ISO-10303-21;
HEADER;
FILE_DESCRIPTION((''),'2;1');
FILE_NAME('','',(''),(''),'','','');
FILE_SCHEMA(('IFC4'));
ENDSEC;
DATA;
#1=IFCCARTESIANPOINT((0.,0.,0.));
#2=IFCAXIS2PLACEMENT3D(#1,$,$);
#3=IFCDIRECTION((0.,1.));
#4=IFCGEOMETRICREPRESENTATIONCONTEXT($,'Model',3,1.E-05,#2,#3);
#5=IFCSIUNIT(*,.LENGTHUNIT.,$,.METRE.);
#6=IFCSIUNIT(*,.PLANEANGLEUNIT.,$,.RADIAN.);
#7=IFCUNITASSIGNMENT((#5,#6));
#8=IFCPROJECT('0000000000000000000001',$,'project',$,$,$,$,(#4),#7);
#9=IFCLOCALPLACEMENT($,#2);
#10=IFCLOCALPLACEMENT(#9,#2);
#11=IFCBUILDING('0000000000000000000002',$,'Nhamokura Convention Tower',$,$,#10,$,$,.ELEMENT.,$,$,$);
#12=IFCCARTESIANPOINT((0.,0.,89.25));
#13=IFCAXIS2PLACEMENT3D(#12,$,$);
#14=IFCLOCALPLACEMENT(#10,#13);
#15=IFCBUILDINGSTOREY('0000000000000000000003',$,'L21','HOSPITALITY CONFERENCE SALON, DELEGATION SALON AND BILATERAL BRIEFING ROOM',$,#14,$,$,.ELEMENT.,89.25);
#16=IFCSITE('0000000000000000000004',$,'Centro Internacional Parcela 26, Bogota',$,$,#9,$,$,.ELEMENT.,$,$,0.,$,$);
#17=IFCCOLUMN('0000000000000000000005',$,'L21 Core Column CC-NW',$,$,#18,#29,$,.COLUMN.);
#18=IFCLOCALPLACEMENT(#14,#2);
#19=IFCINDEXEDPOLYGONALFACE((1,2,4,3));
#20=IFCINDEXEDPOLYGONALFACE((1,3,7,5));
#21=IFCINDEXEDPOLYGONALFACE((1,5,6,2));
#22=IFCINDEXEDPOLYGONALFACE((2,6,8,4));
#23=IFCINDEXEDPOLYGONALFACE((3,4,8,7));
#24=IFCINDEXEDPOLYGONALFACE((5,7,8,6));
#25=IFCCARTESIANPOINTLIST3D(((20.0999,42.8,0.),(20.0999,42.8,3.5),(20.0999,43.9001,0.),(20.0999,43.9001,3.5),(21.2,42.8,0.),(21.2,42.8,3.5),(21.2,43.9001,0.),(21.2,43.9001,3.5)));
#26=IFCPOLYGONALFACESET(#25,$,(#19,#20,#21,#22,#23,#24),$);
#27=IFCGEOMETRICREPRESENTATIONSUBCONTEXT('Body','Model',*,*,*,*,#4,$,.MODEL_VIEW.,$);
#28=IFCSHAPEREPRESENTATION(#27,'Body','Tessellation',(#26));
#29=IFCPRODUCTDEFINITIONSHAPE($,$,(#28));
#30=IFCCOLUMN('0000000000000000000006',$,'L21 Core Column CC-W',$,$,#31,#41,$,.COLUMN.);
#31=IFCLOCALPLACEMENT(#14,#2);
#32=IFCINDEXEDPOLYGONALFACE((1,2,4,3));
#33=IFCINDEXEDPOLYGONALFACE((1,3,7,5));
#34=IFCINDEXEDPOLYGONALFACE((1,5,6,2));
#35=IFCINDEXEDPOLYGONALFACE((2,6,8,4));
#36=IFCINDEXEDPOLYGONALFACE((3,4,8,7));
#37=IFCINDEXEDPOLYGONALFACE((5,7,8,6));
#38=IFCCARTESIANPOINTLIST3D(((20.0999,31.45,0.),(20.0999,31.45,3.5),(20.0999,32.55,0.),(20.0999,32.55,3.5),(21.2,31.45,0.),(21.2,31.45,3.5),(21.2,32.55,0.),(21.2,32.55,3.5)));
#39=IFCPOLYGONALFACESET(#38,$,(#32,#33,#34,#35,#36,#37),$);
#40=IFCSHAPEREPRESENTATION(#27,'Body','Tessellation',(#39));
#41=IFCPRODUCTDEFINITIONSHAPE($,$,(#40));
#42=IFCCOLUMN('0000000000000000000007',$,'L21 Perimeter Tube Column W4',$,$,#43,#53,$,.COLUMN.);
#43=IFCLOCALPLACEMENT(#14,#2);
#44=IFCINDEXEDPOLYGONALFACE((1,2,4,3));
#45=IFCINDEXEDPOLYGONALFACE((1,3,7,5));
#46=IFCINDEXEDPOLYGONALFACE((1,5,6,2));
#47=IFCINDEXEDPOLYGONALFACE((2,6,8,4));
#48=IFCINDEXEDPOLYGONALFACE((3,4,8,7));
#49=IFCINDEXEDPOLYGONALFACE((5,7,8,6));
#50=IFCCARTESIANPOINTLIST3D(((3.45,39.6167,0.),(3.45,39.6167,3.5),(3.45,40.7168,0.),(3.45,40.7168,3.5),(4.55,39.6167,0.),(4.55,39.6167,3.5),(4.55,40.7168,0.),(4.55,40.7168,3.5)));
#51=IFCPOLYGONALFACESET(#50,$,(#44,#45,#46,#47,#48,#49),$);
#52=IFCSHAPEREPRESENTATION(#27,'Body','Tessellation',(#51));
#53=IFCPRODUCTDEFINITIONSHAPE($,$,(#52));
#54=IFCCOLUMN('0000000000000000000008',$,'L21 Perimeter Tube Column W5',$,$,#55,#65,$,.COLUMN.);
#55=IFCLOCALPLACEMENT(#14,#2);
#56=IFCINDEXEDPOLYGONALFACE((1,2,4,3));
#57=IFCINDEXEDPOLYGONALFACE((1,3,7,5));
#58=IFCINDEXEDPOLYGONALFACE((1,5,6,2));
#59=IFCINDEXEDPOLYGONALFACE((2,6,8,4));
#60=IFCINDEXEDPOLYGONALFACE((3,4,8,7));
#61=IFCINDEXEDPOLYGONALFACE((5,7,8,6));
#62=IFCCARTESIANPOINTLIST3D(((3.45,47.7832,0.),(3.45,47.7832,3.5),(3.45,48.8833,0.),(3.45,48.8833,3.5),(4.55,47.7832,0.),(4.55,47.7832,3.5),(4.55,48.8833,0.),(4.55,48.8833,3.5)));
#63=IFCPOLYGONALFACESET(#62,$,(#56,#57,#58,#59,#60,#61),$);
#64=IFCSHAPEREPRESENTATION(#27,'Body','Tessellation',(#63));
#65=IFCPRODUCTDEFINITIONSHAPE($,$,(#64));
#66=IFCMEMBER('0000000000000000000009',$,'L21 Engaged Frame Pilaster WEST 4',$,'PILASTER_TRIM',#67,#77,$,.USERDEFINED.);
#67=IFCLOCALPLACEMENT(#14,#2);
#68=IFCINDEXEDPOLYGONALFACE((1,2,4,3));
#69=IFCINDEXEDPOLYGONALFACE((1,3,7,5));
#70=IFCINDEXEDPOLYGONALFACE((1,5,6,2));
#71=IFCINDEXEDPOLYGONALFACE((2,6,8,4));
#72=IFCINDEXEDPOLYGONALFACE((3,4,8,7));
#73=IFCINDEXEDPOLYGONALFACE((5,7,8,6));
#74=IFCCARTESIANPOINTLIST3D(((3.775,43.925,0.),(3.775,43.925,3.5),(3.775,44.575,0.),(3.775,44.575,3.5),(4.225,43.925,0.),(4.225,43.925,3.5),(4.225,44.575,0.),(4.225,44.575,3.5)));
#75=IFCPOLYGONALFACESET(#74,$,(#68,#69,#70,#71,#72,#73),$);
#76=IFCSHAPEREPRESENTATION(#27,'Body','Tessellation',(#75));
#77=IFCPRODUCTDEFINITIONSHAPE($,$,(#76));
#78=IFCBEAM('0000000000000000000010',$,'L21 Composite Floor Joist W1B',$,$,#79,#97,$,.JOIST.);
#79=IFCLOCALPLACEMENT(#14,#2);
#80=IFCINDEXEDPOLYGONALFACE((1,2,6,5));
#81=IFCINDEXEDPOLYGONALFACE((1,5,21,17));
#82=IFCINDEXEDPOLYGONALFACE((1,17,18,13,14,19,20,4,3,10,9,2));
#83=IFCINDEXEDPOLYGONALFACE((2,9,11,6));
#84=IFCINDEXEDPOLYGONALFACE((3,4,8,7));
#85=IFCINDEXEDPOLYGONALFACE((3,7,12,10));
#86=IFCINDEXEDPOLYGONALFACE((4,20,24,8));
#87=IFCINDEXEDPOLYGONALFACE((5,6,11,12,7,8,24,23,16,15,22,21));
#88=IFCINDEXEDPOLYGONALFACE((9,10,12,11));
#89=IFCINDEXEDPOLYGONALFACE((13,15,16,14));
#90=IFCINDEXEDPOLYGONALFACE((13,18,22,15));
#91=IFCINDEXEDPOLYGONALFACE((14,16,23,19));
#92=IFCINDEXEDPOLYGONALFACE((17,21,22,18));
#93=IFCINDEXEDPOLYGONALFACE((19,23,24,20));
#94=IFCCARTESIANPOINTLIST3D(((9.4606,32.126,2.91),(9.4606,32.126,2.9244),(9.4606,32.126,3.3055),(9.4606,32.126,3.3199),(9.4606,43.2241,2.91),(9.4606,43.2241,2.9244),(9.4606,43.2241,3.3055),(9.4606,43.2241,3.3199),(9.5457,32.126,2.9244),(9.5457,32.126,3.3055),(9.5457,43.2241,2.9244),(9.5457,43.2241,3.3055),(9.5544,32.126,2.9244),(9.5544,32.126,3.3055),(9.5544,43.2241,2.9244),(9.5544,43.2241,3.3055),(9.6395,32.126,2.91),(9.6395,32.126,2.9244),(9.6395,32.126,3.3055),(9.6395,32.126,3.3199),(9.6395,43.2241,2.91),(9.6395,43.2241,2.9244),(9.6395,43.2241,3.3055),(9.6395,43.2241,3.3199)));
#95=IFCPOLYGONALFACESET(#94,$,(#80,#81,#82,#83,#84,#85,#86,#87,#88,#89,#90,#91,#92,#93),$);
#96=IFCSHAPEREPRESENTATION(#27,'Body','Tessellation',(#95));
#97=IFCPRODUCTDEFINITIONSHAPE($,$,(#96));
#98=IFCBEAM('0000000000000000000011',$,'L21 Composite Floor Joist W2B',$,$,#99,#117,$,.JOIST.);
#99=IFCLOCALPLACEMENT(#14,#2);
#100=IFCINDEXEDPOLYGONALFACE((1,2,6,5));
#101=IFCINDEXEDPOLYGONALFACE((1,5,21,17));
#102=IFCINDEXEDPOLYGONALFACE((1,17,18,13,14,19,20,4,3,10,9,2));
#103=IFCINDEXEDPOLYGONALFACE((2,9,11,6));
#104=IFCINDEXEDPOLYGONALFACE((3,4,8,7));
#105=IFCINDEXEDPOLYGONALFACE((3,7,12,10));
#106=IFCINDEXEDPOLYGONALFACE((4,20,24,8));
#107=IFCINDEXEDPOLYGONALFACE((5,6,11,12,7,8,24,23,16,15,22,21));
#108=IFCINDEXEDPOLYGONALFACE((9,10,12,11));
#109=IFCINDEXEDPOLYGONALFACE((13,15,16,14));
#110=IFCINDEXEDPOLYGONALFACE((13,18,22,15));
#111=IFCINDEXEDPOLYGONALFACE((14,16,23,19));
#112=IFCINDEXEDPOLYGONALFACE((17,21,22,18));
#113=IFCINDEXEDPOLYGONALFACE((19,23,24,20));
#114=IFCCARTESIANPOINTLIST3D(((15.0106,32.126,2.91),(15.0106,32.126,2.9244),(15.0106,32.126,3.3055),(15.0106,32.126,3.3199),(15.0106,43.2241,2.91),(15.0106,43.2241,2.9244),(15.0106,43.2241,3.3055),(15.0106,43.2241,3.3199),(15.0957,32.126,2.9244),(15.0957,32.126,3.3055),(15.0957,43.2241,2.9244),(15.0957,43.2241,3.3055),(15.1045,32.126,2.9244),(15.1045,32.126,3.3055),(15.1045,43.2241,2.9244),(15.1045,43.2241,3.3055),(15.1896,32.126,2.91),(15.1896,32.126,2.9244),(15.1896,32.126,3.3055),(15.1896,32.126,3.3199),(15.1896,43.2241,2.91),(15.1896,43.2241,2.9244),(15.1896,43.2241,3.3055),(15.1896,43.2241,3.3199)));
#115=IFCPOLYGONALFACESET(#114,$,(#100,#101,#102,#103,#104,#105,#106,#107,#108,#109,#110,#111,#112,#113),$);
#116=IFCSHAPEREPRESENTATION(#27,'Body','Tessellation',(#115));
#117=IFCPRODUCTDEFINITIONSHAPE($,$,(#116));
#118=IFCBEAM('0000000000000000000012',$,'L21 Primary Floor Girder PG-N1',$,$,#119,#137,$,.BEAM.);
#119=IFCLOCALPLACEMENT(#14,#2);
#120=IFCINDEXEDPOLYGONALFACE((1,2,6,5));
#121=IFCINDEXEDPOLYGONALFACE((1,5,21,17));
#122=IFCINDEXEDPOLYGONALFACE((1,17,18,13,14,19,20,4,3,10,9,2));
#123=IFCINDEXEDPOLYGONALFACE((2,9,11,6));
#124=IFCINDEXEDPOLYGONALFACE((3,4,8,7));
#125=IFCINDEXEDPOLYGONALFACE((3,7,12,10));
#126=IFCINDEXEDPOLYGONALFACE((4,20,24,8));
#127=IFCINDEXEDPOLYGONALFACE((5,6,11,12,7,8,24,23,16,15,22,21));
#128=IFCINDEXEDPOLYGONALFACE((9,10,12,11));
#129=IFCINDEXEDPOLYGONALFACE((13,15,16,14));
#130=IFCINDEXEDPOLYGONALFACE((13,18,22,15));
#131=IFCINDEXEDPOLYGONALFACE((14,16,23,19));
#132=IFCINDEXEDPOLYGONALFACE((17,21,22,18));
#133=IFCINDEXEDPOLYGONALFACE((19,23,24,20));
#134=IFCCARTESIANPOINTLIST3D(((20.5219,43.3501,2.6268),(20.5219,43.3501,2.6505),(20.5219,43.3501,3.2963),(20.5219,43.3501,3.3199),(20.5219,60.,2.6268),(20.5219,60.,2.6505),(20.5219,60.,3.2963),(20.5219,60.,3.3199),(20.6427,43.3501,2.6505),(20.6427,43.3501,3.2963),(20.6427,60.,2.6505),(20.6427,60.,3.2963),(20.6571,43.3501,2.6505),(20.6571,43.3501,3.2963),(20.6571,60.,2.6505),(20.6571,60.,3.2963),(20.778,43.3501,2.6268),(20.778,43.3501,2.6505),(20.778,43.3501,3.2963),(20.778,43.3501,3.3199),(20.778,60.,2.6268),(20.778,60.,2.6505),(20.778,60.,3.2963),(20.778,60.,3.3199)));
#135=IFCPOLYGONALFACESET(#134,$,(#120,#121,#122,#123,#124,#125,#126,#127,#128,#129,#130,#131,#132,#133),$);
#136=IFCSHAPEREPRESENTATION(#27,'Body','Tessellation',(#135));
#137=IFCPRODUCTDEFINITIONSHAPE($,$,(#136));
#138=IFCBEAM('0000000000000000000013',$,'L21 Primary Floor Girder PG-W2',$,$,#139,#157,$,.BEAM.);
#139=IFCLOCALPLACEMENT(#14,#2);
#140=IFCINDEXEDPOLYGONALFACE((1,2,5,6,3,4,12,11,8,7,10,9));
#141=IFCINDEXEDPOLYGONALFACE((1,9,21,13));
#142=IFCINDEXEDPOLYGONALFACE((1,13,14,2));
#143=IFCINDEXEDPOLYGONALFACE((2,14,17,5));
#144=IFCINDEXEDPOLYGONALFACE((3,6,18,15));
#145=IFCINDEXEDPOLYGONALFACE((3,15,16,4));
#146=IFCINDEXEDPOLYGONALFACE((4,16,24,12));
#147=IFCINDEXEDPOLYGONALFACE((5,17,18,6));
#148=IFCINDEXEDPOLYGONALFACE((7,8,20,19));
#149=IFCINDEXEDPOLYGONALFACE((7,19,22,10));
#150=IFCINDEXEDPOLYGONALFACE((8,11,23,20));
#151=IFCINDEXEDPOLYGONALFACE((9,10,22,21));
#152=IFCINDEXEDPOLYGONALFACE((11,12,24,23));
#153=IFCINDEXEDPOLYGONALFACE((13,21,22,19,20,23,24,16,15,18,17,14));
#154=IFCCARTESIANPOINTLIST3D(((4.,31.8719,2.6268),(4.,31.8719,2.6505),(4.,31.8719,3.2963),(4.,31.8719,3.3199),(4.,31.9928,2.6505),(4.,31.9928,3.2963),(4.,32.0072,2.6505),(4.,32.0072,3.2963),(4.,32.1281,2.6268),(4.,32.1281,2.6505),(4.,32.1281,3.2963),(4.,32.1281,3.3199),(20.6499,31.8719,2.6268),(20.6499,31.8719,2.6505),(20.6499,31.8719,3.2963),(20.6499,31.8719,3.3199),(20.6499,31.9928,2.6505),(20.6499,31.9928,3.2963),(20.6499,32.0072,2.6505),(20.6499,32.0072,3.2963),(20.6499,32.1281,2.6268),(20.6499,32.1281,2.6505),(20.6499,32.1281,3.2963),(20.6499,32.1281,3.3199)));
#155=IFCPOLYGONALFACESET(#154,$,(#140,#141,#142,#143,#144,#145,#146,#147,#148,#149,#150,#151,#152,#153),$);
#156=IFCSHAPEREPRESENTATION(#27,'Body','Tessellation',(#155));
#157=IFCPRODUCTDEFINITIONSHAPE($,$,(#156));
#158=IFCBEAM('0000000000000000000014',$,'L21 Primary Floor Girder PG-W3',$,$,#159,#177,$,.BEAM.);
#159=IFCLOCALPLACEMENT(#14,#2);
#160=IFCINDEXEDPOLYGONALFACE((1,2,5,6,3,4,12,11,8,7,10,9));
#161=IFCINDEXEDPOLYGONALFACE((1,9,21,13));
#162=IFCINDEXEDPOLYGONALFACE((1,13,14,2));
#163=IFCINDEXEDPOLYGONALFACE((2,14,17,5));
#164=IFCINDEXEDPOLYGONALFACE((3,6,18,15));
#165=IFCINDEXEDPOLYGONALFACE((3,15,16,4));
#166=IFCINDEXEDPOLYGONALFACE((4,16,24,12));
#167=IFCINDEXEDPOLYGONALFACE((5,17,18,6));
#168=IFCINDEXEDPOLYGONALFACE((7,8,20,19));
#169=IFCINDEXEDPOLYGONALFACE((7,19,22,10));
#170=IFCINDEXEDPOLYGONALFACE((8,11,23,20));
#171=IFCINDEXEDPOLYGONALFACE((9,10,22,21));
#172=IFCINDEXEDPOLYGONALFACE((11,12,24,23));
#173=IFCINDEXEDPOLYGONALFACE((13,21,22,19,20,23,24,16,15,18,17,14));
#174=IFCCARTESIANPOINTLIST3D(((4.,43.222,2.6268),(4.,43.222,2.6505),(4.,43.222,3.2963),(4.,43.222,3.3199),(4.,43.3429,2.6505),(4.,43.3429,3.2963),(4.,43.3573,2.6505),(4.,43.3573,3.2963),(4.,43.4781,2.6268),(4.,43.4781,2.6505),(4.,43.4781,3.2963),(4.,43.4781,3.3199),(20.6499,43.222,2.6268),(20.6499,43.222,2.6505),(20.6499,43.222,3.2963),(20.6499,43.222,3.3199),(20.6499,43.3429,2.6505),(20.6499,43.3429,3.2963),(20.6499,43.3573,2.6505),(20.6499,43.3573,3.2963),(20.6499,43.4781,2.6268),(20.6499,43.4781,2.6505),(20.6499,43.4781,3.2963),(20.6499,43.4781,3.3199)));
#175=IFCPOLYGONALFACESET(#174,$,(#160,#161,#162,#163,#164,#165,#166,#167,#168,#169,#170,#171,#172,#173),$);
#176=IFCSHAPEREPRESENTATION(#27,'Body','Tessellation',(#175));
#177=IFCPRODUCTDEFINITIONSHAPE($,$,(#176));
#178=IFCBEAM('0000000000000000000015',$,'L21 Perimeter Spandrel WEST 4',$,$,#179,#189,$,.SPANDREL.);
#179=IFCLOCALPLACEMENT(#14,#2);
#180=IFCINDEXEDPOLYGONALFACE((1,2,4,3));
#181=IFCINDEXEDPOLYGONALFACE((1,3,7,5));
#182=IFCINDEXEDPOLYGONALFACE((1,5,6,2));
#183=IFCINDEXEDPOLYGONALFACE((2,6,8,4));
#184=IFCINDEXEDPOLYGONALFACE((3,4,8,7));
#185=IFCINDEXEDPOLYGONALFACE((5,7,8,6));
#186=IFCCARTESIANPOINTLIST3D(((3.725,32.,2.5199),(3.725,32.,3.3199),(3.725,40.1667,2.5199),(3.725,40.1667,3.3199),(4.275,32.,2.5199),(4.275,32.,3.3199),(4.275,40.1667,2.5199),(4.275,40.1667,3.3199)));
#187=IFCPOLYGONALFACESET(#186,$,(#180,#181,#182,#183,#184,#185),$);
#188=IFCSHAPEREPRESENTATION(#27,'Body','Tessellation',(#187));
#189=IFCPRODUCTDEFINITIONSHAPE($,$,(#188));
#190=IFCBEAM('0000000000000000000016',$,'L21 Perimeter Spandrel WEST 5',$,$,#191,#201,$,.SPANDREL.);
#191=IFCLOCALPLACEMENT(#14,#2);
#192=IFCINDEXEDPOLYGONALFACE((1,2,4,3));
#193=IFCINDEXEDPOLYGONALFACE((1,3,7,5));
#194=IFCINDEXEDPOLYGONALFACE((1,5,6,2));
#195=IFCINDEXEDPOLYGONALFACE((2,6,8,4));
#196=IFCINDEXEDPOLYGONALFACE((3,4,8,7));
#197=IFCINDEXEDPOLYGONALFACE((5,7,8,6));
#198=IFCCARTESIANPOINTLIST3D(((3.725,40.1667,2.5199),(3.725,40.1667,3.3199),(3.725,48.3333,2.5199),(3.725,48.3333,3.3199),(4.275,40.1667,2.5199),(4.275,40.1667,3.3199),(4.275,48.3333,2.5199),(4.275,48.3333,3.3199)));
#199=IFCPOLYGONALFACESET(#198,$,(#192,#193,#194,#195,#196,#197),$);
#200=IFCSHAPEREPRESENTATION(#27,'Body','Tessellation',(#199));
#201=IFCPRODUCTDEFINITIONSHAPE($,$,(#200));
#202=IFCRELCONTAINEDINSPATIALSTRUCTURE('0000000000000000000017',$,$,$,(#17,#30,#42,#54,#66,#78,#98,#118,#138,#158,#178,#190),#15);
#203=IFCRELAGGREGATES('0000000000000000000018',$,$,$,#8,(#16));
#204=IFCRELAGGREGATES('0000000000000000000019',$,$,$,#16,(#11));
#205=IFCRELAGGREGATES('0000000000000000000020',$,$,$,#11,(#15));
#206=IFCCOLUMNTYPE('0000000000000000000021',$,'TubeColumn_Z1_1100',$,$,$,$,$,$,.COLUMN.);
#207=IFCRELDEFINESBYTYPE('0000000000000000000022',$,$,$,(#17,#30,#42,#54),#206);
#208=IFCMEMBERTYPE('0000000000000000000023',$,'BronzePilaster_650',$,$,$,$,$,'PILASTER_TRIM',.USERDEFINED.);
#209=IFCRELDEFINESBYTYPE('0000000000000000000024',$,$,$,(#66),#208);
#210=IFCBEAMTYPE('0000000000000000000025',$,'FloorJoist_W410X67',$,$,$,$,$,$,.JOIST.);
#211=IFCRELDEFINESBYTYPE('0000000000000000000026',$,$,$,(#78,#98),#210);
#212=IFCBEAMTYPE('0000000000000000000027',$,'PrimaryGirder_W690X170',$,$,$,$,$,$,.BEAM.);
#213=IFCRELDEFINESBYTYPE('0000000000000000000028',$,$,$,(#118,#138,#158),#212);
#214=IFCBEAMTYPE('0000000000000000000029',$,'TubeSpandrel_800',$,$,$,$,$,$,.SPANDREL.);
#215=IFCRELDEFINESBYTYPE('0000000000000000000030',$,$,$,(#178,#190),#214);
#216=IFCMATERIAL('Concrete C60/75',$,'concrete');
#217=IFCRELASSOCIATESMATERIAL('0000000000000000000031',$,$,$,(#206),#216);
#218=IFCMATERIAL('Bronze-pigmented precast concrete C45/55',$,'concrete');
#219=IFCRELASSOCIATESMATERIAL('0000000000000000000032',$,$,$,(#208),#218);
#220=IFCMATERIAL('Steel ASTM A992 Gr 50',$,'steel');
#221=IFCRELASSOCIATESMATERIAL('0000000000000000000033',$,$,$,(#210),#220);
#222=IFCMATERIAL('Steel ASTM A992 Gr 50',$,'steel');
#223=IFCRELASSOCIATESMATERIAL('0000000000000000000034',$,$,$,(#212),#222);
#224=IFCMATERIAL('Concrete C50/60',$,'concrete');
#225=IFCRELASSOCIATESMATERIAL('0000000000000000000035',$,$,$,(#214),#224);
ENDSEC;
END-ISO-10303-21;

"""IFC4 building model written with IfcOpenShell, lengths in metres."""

from ifc_helpers import new_model, si_unit, direction, frame, origin, origin_2d, place, context, subcontext, project, spatial, rectangle, i_section, extrude, material, material_profile, profile_set, type_object, element, save


model = new_model("IFC4")

# Units and contexts
model_context = context("Model", 3, precision=1e-05, world=origin(), true_north=direction((0.0, 1.0)))
body_context = subcontext(model_context, "Body", "Model", "MODEL_VIEW")
ifc_project = project(units=[si_unit("LENGTHUNIT", "METRE"), si_unit("PLANEANGLEUNIT", "RADIAN")], contexts=[model_context])

# Site, building, storey
site_placement = place(None, origin())
site = spatial("IfcSite", under=ifc_project, at=site_placement, Name="Centro Internacional Parcela 26, Bogota", CompositionType="ELEMENT", RefElevation=0.0)
building_placement = place(site_placement, origin())
building = spatial("IfcBuilding", under=site, at=building_placement, Name="Nhamokura Convention Tower", CompositionType="ELEMENT")
storey_placement = place(building_placement, frame((0.0, 0.0, 89.25)))
storey = spatial("IfcBuildingStorey", under=building, at=storey_placement, Name="L21", Description="HOSPITALITY CONFERENCE SALON, DELEGATION SALON AND BILATERAL BRIEFING ROOM", CompositionType="ELEMENT", Elevation=89.25)

# Columns
ifc_material_1 = material(Name="Concrete C60/75", Category="concrete")
ifc_material_profile_1 = material_profile(ifc_material_1, rectangle(XDim=1.1001, YDim=1.1001, at=origin_2d()))
ifc_profile_set_1 = profile_set([ifc_material_profile_1], Name="Concrete C60/75")
column_type = type_object("IfcColumnType", Name="TubeColumn_Z1_1100", PredefinedType="COLUMN", material=ifc_profile_set_1)
for number, where, z_axis, x_axis, name in (
    (1, (20.6499, 43.3501, 0.0), (0.0, 0.0, 1.0), (1.0, 0.0, 0.0), "L21 Core Column CC-NW"),
    (2, (20.6499, 32.0, 0.0), (0.0, 0.0, 1.0), (1.0, 0.0, 0.0), "L21 Core Column CC-W"),
    (3, (4.0, 40.1667, 0.0), (0.0, 0.0, 1.0), (1.0, 0.0, 0.0), "L21 Perimeter Tube Column W4"),
    (4, (4.0, 48.3333, 0.0), (0.0, 0.0, 1.0), (1.0, 0.0, 0.0), "L21 Perimeter Tube Column W5"),
):
    element("IfcColumn", number, at=place(storey_placement, frame(where, z_axis=z_axis, x_axis=x_axis)), inside=storey, type_object=column_type, Name=name, PredefinedType="COLUMN", context=body_context, shape_type="SweptSolid", body=[
        extrude(rectangle(XDim=1.1001, YDim=1.1001, at=origin_2d()), origin(), (0.0, 0.0, 1.0), 3.5),
    ])

# Member
ifc_material_2 = material(Name="Bronze-pigmented precast concrete C45/55", Category="concrete")
ifc_material_profile_2 = material_profile(ifc_material_2, rectangle(XDim=0.45, YDim=0.6499, at=origin_2d()))
ifc_profile_set_2 = profile_set([ifc_material_profile_2], Name="Bronze-pigmented precast concrete C45/55")
member_type = type_object("IfcMemberType", Name="BronzePilaster_650", ElementType="PILASTER_TRIM", PredefinedType="USERDEFINED", material=ifc_profile_set_2)
member_placement = place(storey_placement, frame((4.0, 44.25, 0.0), z_axis=(0.0, 0.0, 1.0), x_axis=(1.0, 0.0, 0.0)))
element("IfcMember", 5, at=member_placement, inside=storey, type_object=member_type, Name="L21 Engaged Frame Pilaster WEST 4", ObjectType="PILASTER_TRIM", PredefinedType="USERDEFINED", context=body_context, shape_type="SweptSolid", body=[
    extrude(rectangle(XDim=0.45, YDim=0.6499, at=origin_2d()), origin(), (0.0, 0.0, 1.0), 3.5),
])

# Beams
ifc_material_3 = material(Name="Steel ASTM A992 Gr 50", Category="steel")
ifc_material_profile_3 = material_profile(ifc_material_3, i_section(OverallWidth=0.179, OverallDepth=0.4099, WebThickness=0.0088, FlangeThickness=0.0144, at=origin_2d()))
ifc_profile_set_3 = profile_set([ifc_material_profile_3], Name="Steel ASTM A992 Gr 50")
beam_type_1 = type_object("IfcBeamType", Name="FloorJoist_W410X67", PredefinedType="JOIST", material=ifc_profile_set_3)
for number, where, z_axis, x_axis, name in (
    (6, (9.55, 32.126, 3.115), (0.0, 1.0, 0.0), (-1.0, 0.0, 0.0), "L21 Composite Floor Joist W1B"),
    (7, (15.1001, 32.126, 3.115), (0.0, 1.0, 0.0), (-1.0, 0.0, 0.0), "L21 Composite Floor Joist W2B"),
):
    element("IfcBeam", number, at=place(storey_placement, frame(where, z_axis=z_axis, x_axis=x_axis)), inside=storey, type_object=beam_type_1, Name=name, PredefinedType="JOIST", context=body_context, shape_type="SweptSolid", body=[
        extrude(i_section(OverallWidth=0.179, OverallDepth=0.4099, WebThickness=0.0088, FlangeThickness=0.0144, at=origin_2d()), origin(), (0.0, 0.0, 1.0), 11.0981),
    ])
ifc_material_4 = material(Name="Steel ASTM A992 Gr 50", Category="steel")
ifc_material_profile_4 = material_profile(ifc_material_4, i_section(OverallWidth=0.2561, OverallDepth=0.6931, WebThickness=0.0144, FlangeThickness=0.0237, at=origin_2d()))
ifc_profile_set_4 = profile_set([ifc_material_profile_4], Name="Steel ASTM A992 Gr 50")
beam_type_2 = type_object("IfcBeamType", Name="PrimaryGirder_W690X170", PredefinedType="BEAM", material=ifc_profile_set_4)
for number, where, z_axis, x_axis, name in (
    (8, (20.6499, 43.3501, 2.9734), (0.0, 1.0, 0.0), (-1.0, 0.0, 0.0), "L21 Primary Floor Girder PG-N1"),
    (9, (4.0, 32.0, 2.9734), (1.0, 0.0, 0.0), (0.0, 1.0, 0.0), "L21 Primary Floor Girder PG-W2"),
    (10, (4.0, 43.3501, 2.9734), (1.0, 0.0, 0.0), (0.0, 1.0, 0.0), "L21 Primary Floor Girder PG-W3"),
):
    element("IfcBeam", number, at=place(storey_placement, frame(where, z_axis=z_axis, x_axis=x_axis)), inside=storey, type_object=beam_type_2, Name=name, PredefinedType="BEAM", context=body_context, shape_type="SweptSolid", body=[
        extrude(i_section(OverallWidth=0.2561, OverallDepth=0.6931, WebThickness=0.0144, FlangeThickness=0.0237, at=origin_2d()), origin(), (0.0, 0.0, 1.0), 16.6499),
    ])
ifc_material_5 = material(Name="Concrete C50/60", Category="concrete")
ifc_material_profile_5 = material_profile(ifc_material_5, rectangle(XDim=0.55, YDim=0.8, at=origin_2d()))
ifc_profile_set_5 = profile_set([ifc_material_profile_5], Name="Concrete C50/60")
beam_type_3 = type_object("IfcBeamType", Name="TubeSpandrel_800", PredefinedType="SPANDREL", material=ifc_profile_set_5)
beam_1_placement = place(storey_placement, frame((4.0, 32.0, 2.9199), z_axis=(0.0, 1.0, 0.0), x_axis=(-1.0, 0.0, 0.0)))
element("IfcBeam", 11, at=beam_1_placement, inside=storey, type_object=beam_type_3, Name="L21 Perimeter Spandrel WEST 4", PredefinedType="SPANDREL", context=body_context, shape_type="SweptSolid", body=[
    extrude(rectangle(XDim=0.55, YDim=0.8, at=origin_2d()), origin(), (0.0, 0.0, 1.0), 8.1667),
])
beam_2_placement = place(storey_placement, frame((4.0, 40.1667, 2.9199), z_axis=(0.0, 1.0, 0.0), x_axis=(-1.0, 0.0, 0.0)))
element("IfcBeam", 12, at=beam_2_placement, inside=storey, type_object=beam_type_3, Name="L21 Perimeter Spandrel WEST 5", PredefinedType="SPANDREL", context=body_context, shape_type="SweptSolid", body=[
    extrude(rectangle(XDim=0.55, YDim=0.8, at=origin_2d()), origin(), (0.0, 0.0, 1.0), 8.1665),
])

save(model, "model.ifc")
